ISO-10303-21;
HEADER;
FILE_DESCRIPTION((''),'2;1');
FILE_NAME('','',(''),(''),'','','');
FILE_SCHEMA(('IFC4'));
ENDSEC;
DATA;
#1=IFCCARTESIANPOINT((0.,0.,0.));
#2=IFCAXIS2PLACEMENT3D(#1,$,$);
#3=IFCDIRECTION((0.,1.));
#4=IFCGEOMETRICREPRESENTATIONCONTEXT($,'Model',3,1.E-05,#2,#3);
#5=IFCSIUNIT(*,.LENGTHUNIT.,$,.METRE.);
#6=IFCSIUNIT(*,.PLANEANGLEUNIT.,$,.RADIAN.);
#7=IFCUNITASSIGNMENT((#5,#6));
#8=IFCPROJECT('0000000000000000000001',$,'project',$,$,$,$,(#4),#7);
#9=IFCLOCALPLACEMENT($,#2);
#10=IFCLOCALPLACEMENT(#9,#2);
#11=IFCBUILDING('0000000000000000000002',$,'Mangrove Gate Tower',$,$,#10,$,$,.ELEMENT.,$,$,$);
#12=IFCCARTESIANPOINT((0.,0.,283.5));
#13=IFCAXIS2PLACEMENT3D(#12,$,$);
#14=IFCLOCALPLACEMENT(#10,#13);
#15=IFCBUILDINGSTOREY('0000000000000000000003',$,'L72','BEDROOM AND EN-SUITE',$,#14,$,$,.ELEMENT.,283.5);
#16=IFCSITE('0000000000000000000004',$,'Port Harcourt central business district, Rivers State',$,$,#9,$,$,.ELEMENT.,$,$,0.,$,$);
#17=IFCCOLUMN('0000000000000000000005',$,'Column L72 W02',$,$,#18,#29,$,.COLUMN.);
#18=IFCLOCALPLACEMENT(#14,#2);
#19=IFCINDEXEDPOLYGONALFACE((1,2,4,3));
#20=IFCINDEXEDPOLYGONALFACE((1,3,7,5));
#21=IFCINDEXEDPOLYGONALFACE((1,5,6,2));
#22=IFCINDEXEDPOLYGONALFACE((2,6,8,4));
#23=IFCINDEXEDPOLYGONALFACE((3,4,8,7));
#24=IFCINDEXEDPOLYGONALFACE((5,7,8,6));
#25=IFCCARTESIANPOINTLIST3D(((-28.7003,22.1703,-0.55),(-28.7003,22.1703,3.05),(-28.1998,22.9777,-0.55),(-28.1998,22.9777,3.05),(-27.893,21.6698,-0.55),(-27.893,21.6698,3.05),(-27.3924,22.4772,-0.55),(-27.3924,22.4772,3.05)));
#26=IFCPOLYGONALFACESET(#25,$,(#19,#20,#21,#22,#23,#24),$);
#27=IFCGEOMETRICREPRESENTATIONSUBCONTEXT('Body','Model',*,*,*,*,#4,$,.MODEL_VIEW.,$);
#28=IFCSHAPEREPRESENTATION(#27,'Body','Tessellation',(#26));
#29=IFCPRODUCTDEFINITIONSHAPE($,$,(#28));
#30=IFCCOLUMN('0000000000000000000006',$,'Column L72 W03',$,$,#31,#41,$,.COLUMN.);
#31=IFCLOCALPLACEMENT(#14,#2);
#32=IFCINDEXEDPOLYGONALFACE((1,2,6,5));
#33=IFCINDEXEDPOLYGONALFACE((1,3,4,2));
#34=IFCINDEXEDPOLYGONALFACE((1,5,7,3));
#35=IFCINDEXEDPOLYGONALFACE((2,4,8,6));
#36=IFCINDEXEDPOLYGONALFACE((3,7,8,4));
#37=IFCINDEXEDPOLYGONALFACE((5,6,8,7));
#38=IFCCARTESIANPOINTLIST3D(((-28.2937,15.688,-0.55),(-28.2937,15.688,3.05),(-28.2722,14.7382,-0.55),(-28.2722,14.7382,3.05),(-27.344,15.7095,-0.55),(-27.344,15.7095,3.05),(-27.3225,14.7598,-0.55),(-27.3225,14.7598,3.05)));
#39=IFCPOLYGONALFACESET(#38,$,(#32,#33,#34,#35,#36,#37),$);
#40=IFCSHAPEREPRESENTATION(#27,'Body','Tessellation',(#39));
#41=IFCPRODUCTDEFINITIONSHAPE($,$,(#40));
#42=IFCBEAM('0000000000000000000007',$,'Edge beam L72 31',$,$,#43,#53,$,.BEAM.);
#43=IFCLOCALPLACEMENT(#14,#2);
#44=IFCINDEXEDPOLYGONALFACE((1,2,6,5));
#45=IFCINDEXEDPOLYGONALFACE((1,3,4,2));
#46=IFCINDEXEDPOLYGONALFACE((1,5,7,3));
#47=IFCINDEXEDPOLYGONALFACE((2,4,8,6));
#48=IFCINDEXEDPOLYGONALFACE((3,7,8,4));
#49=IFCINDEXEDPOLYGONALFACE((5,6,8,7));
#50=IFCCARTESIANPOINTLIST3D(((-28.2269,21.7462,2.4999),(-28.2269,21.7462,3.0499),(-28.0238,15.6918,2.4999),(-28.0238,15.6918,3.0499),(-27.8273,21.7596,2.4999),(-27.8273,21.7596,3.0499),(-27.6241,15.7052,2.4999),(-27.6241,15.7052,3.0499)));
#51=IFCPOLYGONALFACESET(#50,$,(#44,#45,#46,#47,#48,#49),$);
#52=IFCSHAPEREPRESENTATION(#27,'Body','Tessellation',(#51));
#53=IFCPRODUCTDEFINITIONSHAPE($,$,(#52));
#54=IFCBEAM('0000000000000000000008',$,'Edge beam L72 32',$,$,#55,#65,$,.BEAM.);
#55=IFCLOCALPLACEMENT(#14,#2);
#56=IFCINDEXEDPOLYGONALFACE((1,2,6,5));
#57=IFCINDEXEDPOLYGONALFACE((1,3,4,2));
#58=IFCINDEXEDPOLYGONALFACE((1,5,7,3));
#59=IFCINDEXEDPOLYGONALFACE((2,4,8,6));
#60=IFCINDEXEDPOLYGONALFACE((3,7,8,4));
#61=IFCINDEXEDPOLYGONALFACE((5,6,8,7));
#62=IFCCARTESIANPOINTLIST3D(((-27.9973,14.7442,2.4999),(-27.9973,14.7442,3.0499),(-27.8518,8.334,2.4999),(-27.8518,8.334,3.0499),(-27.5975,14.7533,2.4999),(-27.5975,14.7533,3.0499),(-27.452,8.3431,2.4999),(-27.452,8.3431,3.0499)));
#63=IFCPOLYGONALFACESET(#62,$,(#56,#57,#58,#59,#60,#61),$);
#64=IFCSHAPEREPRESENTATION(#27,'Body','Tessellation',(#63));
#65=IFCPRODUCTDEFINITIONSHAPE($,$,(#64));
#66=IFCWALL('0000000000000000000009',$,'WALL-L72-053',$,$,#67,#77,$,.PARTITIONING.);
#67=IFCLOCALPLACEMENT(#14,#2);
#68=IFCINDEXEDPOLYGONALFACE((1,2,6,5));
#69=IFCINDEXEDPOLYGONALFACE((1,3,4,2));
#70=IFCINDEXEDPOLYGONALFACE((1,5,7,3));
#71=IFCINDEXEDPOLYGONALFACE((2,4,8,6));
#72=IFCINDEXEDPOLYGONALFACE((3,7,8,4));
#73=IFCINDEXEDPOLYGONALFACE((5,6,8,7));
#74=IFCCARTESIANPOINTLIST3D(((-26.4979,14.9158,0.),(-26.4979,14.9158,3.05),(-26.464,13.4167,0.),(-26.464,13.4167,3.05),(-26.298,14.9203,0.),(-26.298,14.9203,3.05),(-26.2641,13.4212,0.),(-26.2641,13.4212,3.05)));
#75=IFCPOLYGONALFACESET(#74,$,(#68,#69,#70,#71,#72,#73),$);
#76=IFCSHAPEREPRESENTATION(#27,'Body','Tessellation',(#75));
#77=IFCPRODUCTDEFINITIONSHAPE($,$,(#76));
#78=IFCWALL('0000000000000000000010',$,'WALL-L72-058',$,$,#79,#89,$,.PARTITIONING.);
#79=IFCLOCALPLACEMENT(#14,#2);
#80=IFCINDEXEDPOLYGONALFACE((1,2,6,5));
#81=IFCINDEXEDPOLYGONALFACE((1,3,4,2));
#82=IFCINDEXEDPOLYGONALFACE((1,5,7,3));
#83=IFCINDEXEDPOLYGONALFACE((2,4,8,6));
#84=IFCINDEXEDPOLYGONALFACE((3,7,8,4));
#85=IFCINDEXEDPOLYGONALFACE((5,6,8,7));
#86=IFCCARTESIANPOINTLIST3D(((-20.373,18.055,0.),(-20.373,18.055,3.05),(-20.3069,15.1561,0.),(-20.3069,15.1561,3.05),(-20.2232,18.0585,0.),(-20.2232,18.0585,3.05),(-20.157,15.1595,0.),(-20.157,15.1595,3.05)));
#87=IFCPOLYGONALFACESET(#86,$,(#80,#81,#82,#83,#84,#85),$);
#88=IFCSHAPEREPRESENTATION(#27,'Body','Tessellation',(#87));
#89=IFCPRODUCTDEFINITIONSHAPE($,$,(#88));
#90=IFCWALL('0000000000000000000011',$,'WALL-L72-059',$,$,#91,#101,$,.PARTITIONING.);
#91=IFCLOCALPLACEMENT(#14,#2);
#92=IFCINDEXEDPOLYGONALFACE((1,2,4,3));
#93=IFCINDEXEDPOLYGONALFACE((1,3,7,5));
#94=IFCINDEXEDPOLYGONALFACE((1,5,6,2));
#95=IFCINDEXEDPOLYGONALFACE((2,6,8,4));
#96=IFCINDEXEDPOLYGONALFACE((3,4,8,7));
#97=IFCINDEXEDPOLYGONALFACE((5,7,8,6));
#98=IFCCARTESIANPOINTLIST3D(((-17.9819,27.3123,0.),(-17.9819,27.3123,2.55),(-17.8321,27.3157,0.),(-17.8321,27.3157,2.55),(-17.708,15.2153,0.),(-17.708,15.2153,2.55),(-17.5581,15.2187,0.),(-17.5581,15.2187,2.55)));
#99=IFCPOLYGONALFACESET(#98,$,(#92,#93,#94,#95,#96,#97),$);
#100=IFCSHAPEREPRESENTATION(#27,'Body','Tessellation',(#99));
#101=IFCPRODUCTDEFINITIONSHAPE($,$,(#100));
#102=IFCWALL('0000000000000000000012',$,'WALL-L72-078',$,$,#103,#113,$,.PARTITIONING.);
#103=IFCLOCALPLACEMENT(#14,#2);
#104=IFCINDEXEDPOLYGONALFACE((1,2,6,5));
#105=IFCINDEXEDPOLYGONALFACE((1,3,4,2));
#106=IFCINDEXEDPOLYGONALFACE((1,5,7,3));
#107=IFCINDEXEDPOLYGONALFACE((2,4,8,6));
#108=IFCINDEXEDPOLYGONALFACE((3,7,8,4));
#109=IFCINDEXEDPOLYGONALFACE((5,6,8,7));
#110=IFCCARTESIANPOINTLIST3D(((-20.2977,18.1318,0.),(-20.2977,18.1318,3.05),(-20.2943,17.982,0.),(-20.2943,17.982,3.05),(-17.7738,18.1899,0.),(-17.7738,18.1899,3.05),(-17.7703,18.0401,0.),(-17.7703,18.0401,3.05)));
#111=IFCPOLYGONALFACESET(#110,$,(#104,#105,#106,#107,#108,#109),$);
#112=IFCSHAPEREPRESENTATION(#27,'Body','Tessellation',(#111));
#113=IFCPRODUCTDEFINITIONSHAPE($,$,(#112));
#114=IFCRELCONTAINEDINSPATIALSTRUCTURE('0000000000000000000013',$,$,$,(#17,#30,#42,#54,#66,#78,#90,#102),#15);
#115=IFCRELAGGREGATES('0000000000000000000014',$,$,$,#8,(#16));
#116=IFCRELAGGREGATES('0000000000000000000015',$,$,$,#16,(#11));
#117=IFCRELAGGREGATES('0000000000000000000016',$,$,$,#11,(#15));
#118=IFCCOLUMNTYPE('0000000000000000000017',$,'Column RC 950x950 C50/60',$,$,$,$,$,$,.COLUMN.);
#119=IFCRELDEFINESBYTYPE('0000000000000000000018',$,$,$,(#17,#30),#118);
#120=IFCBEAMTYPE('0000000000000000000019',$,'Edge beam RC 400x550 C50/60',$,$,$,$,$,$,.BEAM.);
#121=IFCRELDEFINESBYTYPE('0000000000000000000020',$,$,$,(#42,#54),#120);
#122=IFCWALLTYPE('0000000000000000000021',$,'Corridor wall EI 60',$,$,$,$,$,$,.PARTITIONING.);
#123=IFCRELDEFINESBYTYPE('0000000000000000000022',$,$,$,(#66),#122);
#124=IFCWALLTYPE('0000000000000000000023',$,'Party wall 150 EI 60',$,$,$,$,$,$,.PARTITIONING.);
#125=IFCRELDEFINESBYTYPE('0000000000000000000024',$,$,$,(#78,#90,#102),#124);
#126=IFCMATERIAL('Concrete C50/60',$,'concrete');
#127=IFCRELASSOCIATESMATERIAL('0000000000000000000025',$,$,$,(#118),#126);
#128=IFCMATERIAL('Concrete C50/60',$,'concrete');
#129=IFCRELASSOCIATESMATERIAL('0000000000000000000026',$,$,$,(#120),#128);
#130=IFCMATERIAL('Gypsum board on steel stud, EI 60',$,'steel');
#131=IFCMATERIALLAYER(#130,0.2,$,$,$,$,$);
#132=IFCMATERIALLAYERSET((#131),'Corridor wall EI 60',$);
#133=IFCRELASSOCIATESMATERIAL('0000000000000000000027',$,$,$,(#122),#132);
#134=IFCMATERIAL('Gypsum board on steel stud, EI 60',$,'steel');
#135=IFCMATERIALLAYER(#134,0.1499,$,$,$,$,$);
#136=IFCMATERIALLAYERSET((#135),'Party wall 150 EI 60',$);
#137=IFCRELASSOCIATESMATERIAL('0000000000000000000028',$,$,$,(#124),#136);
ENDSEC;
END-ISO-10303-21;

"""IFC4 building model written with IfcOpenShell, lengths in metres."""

from ifc_helpers import new_model, si_unit, direction, frame, frame_2d, origin, origin_2d, place, context, subcontext, project, spatial, rectangle, extrude, material, layer, layer_set, material_profile, profile_set, type_object, element, save


model = new_model("IFC4")

# Units and contexts
model_context = context("Model", 3, precision=1e-05, world=origin(), true_north=direction((0.0, 1.0)))
body_context = subcontext(model_context, "Body", "Model", "MODEL_VIEW")
ifc_project = project(units=[si_unit("LENGTHUNIT", "METRE"), si_unit("PLANEANGLEUNIT", "RADIAN")], contexts=[model_context])

# Site, building, storey
site_placement = place(None, origin())
site = spatial("IfcSite", under=ifc_project, at=site_placement, Name="Port Harcourt central business district, Rivers State", CompositionType="ELEMENT", RefElevation=0.0)
building_placement = place(site_placement, origin())
building = spatial("IfcBuilding", under=site, at=building_placement, Name="Mangrove Gate Tower", CompositionType="ELEMENT")
storey_placement = place(building_placement, frame((0.0, 0.0, 283.5)))
storey = spatial("IfcBuildingStorey", under=building, at=storey_placement, Name="L72", Description="BEDROOM AND EN-SUITE", CompositionType="ELEMENT", Elevation=283.5)

# Columns
ifc_material_1 = material(Name="Concrete C50/60", Category="concrete")
ifc_material_profile_1 = material_profile(ifc_material_1, rectangle(XDim=0.95, YDim=0.95, at=origin_2d()))
ifc_profile_set_1 = profile_set([ifc_material_profile_1], Name="Concrete C50/60")
column_type = type_object("IfcColumnType", Name="Column RC 950x950 C50/60", PredefinedType="COLUMN", material=ifc_profile_set_1)
for number, where, z_axis, x_axis, name in (
    (1, (-28.0464, 22.3237, -0.55), (0.0, 0.0, 1.0), (-0.526907, -0.849923, 0.0), "Column L72 W02"),
    (2, (-27.8081, 15.2239, -0.55), (0.0, 0.0, 1.0), (0.022683, -0.999743, 0.0), "Column L72 W03"),
):
    element("IfcColumn", number, at=place(storey_placement, frame(where, z_axis=z_axis, x_axis=x_axis)), inside=storey, type_object=column_type, Name=name, PredefinedType="COLUMN", context=body_context, shape_type="SweptSolid", body=[
        extrude(rectangle(XDim=0.95, YDim=0.95, at=origin_2d()), origin(), (0.0, 0.0, 1.0), 3.6001),
    ])

# Beams
ifc_material_2 = material(Name="Concrete C50/60", Category="concrete")
ifc_material_profile_2 = material_profile(ifc_material_2, rectangle(XDim=0.3999, YDim=0.55, at=origin_2d()))
ifc_profile_set_2 = profile_set([ifc_material_profile_2], Name="Concrete C50/60")
beam_type = type_object("IfcBeamType", Name="Edge beam RC 400x550 C50/60", PredefinedType="BEAM", material=ifc_profile_set_2)
beam_1_placement = place(storey_placement, frame((-28.0271, 21.7529, 2.7749), z_axis=(0.033531, -0.999438, 0.0), x_axis=(0.999438, 0.033531, 0.0)))
element("IfcBeam", 3, at=beam_1_placement, inside=storey, type_object=beam_type, Name="Edge beam L72 31", PredefinedType="BEAM", context=body_context, shape_type="SweptSolid", body=[
    extrude(rectangle(XDim=0.3999, YDim=0.55, at=origin_2d()), origin(), (0.0, 0.0, 1.0), 6.0579),
])
beam_2_placement = place(storey_placement, frame((-27.7974, 14.7488, 2.7749), z_axis=(0.022694, -0.999742, 0.0), x_axis=(0.999742, 0.022694, 0.0)))
element("IfcBeam", 4, at=beam_2_placement, inside=storey, type_object=beam_type, Name="Edge beam L72 32", PredefinedType="BEAM", context=body_context, shape_type="SweptSolid", body=[
    extrude(rectangle(XDim=0.3999, YDim=0.55, at=origin_2d()), origin(), (0.0, 0.0, 1.0), 6.4119),
])

# Wall
ifc_material_3 = material(Name="Gypsum board on steel stud, EI 60", Category="steel")
ifc_layer_1 = layer(ifc_material_3, 0.2)
ifc_layer_set_1 = layer_set([ifc_layer_1], Name="Corridor wall EI 60")
wall_type_1 = type_object("IfcWallType", Name="Corridor wall EI 60", PredefinedType="PARTITIONING", material=ifc_layer_set_1)
wall_1_placement = place(storey_placement, frame((-26.364, 13.4189, 0.0), z_axis=(0.0, 0.0, 1.0), x_axis=(-0.022633, 0.999744, 0.0)))
element("IfcWall", 5, at=wall_1_placement, inside=storey, type_object=wall_type_1, Name="WALL-L72-053", PredefinedType="PARTITIONING", context=body_context, shape_type="SweptSolid", body=[
    extrude(rectangle(XDim=1.4995, YDim=0.2, at=frame_2d((0.7498, 0.0))), origin(), (0.0, 0.0, 1.0), 3.05),
])

# Walls
ifc_material_4 = material(Name="Gypsum board on steel stud, EI 60", Category="steel")
ifc_layer_2 = layer(ifc_material_4, 0.1499)
ifc_layer_set_2 = layer_set([ifc_layer_2], Name="Party wall 150 EI 60")
wall_type_2 = type_object("IfcWallType", Name="Party wall 150 EI 60", PredefinedType="PARTITIONING", material=ifc_layer_set_2)
wall_2_placement = place(storey_placement, frame((-20.2319, 15.158, 0.0), z_axis=(0.0, 0.0, 1.0), x_axis=(-0.022817, 0.99974, 0.0)))
element("IfcWall", 6, at=wall_2_placement, inside=storey, type_object=wall_type_2, Name="WALL-L72-058", PredefinedType="PARTITIONING", context=body_context, shape_type="SweptSolid", body=[
    extrude(rectangle(XDim=2.8997, YDim=0.1499, at=frame_2d((1.4497, 0.0))), origin(), (0.0, 0.0, 1.0), 3.05),
])
wall_3_placement = place(storey_placement, frame((-17.6331, 15.217, 0.0), z_axis=(0.0, 0.0, 1.0), x_axis=(-0.022638, 0.999744, 0.0)))
element("IfcWall", 7, at=wall_3_placement, inside=storey, type_object=wall_type_2, Name="WALL-L72-059", PredefinedType="PARTITIONING", context=body_context, shape_type="SweptSolid", body=[
    extrude(rectangle(XDim=12.1001, YDim=0.1499, at=frame_2d((6.05, 0.0))), origin(), (0.0, 0.0, 1.0), 2.55),
])
wall_4_placement = place(storey_placement, frame((-20.2959, 18.0569, 0.0), z_axis=(0.0, 0.0, 1.0), x_axis=(0.999735, 0.023016, 0.0)))
element("IfcWall", 8, at=wall_4_placement, inside=storey, type_object=wall_type_2, Name="WALL-L72-078", PredefinedType="PARTITIONING", context=body_context, shape_type="SweptSolid", body=[
    extrude(rectangle(XDim=2.5247, YDim=0.1499, at=frame_2d((1.2622, 0.0))), origin(), (0.0, 0.0, 1.0), 3.05),
])

save(model, "model.ifc")
